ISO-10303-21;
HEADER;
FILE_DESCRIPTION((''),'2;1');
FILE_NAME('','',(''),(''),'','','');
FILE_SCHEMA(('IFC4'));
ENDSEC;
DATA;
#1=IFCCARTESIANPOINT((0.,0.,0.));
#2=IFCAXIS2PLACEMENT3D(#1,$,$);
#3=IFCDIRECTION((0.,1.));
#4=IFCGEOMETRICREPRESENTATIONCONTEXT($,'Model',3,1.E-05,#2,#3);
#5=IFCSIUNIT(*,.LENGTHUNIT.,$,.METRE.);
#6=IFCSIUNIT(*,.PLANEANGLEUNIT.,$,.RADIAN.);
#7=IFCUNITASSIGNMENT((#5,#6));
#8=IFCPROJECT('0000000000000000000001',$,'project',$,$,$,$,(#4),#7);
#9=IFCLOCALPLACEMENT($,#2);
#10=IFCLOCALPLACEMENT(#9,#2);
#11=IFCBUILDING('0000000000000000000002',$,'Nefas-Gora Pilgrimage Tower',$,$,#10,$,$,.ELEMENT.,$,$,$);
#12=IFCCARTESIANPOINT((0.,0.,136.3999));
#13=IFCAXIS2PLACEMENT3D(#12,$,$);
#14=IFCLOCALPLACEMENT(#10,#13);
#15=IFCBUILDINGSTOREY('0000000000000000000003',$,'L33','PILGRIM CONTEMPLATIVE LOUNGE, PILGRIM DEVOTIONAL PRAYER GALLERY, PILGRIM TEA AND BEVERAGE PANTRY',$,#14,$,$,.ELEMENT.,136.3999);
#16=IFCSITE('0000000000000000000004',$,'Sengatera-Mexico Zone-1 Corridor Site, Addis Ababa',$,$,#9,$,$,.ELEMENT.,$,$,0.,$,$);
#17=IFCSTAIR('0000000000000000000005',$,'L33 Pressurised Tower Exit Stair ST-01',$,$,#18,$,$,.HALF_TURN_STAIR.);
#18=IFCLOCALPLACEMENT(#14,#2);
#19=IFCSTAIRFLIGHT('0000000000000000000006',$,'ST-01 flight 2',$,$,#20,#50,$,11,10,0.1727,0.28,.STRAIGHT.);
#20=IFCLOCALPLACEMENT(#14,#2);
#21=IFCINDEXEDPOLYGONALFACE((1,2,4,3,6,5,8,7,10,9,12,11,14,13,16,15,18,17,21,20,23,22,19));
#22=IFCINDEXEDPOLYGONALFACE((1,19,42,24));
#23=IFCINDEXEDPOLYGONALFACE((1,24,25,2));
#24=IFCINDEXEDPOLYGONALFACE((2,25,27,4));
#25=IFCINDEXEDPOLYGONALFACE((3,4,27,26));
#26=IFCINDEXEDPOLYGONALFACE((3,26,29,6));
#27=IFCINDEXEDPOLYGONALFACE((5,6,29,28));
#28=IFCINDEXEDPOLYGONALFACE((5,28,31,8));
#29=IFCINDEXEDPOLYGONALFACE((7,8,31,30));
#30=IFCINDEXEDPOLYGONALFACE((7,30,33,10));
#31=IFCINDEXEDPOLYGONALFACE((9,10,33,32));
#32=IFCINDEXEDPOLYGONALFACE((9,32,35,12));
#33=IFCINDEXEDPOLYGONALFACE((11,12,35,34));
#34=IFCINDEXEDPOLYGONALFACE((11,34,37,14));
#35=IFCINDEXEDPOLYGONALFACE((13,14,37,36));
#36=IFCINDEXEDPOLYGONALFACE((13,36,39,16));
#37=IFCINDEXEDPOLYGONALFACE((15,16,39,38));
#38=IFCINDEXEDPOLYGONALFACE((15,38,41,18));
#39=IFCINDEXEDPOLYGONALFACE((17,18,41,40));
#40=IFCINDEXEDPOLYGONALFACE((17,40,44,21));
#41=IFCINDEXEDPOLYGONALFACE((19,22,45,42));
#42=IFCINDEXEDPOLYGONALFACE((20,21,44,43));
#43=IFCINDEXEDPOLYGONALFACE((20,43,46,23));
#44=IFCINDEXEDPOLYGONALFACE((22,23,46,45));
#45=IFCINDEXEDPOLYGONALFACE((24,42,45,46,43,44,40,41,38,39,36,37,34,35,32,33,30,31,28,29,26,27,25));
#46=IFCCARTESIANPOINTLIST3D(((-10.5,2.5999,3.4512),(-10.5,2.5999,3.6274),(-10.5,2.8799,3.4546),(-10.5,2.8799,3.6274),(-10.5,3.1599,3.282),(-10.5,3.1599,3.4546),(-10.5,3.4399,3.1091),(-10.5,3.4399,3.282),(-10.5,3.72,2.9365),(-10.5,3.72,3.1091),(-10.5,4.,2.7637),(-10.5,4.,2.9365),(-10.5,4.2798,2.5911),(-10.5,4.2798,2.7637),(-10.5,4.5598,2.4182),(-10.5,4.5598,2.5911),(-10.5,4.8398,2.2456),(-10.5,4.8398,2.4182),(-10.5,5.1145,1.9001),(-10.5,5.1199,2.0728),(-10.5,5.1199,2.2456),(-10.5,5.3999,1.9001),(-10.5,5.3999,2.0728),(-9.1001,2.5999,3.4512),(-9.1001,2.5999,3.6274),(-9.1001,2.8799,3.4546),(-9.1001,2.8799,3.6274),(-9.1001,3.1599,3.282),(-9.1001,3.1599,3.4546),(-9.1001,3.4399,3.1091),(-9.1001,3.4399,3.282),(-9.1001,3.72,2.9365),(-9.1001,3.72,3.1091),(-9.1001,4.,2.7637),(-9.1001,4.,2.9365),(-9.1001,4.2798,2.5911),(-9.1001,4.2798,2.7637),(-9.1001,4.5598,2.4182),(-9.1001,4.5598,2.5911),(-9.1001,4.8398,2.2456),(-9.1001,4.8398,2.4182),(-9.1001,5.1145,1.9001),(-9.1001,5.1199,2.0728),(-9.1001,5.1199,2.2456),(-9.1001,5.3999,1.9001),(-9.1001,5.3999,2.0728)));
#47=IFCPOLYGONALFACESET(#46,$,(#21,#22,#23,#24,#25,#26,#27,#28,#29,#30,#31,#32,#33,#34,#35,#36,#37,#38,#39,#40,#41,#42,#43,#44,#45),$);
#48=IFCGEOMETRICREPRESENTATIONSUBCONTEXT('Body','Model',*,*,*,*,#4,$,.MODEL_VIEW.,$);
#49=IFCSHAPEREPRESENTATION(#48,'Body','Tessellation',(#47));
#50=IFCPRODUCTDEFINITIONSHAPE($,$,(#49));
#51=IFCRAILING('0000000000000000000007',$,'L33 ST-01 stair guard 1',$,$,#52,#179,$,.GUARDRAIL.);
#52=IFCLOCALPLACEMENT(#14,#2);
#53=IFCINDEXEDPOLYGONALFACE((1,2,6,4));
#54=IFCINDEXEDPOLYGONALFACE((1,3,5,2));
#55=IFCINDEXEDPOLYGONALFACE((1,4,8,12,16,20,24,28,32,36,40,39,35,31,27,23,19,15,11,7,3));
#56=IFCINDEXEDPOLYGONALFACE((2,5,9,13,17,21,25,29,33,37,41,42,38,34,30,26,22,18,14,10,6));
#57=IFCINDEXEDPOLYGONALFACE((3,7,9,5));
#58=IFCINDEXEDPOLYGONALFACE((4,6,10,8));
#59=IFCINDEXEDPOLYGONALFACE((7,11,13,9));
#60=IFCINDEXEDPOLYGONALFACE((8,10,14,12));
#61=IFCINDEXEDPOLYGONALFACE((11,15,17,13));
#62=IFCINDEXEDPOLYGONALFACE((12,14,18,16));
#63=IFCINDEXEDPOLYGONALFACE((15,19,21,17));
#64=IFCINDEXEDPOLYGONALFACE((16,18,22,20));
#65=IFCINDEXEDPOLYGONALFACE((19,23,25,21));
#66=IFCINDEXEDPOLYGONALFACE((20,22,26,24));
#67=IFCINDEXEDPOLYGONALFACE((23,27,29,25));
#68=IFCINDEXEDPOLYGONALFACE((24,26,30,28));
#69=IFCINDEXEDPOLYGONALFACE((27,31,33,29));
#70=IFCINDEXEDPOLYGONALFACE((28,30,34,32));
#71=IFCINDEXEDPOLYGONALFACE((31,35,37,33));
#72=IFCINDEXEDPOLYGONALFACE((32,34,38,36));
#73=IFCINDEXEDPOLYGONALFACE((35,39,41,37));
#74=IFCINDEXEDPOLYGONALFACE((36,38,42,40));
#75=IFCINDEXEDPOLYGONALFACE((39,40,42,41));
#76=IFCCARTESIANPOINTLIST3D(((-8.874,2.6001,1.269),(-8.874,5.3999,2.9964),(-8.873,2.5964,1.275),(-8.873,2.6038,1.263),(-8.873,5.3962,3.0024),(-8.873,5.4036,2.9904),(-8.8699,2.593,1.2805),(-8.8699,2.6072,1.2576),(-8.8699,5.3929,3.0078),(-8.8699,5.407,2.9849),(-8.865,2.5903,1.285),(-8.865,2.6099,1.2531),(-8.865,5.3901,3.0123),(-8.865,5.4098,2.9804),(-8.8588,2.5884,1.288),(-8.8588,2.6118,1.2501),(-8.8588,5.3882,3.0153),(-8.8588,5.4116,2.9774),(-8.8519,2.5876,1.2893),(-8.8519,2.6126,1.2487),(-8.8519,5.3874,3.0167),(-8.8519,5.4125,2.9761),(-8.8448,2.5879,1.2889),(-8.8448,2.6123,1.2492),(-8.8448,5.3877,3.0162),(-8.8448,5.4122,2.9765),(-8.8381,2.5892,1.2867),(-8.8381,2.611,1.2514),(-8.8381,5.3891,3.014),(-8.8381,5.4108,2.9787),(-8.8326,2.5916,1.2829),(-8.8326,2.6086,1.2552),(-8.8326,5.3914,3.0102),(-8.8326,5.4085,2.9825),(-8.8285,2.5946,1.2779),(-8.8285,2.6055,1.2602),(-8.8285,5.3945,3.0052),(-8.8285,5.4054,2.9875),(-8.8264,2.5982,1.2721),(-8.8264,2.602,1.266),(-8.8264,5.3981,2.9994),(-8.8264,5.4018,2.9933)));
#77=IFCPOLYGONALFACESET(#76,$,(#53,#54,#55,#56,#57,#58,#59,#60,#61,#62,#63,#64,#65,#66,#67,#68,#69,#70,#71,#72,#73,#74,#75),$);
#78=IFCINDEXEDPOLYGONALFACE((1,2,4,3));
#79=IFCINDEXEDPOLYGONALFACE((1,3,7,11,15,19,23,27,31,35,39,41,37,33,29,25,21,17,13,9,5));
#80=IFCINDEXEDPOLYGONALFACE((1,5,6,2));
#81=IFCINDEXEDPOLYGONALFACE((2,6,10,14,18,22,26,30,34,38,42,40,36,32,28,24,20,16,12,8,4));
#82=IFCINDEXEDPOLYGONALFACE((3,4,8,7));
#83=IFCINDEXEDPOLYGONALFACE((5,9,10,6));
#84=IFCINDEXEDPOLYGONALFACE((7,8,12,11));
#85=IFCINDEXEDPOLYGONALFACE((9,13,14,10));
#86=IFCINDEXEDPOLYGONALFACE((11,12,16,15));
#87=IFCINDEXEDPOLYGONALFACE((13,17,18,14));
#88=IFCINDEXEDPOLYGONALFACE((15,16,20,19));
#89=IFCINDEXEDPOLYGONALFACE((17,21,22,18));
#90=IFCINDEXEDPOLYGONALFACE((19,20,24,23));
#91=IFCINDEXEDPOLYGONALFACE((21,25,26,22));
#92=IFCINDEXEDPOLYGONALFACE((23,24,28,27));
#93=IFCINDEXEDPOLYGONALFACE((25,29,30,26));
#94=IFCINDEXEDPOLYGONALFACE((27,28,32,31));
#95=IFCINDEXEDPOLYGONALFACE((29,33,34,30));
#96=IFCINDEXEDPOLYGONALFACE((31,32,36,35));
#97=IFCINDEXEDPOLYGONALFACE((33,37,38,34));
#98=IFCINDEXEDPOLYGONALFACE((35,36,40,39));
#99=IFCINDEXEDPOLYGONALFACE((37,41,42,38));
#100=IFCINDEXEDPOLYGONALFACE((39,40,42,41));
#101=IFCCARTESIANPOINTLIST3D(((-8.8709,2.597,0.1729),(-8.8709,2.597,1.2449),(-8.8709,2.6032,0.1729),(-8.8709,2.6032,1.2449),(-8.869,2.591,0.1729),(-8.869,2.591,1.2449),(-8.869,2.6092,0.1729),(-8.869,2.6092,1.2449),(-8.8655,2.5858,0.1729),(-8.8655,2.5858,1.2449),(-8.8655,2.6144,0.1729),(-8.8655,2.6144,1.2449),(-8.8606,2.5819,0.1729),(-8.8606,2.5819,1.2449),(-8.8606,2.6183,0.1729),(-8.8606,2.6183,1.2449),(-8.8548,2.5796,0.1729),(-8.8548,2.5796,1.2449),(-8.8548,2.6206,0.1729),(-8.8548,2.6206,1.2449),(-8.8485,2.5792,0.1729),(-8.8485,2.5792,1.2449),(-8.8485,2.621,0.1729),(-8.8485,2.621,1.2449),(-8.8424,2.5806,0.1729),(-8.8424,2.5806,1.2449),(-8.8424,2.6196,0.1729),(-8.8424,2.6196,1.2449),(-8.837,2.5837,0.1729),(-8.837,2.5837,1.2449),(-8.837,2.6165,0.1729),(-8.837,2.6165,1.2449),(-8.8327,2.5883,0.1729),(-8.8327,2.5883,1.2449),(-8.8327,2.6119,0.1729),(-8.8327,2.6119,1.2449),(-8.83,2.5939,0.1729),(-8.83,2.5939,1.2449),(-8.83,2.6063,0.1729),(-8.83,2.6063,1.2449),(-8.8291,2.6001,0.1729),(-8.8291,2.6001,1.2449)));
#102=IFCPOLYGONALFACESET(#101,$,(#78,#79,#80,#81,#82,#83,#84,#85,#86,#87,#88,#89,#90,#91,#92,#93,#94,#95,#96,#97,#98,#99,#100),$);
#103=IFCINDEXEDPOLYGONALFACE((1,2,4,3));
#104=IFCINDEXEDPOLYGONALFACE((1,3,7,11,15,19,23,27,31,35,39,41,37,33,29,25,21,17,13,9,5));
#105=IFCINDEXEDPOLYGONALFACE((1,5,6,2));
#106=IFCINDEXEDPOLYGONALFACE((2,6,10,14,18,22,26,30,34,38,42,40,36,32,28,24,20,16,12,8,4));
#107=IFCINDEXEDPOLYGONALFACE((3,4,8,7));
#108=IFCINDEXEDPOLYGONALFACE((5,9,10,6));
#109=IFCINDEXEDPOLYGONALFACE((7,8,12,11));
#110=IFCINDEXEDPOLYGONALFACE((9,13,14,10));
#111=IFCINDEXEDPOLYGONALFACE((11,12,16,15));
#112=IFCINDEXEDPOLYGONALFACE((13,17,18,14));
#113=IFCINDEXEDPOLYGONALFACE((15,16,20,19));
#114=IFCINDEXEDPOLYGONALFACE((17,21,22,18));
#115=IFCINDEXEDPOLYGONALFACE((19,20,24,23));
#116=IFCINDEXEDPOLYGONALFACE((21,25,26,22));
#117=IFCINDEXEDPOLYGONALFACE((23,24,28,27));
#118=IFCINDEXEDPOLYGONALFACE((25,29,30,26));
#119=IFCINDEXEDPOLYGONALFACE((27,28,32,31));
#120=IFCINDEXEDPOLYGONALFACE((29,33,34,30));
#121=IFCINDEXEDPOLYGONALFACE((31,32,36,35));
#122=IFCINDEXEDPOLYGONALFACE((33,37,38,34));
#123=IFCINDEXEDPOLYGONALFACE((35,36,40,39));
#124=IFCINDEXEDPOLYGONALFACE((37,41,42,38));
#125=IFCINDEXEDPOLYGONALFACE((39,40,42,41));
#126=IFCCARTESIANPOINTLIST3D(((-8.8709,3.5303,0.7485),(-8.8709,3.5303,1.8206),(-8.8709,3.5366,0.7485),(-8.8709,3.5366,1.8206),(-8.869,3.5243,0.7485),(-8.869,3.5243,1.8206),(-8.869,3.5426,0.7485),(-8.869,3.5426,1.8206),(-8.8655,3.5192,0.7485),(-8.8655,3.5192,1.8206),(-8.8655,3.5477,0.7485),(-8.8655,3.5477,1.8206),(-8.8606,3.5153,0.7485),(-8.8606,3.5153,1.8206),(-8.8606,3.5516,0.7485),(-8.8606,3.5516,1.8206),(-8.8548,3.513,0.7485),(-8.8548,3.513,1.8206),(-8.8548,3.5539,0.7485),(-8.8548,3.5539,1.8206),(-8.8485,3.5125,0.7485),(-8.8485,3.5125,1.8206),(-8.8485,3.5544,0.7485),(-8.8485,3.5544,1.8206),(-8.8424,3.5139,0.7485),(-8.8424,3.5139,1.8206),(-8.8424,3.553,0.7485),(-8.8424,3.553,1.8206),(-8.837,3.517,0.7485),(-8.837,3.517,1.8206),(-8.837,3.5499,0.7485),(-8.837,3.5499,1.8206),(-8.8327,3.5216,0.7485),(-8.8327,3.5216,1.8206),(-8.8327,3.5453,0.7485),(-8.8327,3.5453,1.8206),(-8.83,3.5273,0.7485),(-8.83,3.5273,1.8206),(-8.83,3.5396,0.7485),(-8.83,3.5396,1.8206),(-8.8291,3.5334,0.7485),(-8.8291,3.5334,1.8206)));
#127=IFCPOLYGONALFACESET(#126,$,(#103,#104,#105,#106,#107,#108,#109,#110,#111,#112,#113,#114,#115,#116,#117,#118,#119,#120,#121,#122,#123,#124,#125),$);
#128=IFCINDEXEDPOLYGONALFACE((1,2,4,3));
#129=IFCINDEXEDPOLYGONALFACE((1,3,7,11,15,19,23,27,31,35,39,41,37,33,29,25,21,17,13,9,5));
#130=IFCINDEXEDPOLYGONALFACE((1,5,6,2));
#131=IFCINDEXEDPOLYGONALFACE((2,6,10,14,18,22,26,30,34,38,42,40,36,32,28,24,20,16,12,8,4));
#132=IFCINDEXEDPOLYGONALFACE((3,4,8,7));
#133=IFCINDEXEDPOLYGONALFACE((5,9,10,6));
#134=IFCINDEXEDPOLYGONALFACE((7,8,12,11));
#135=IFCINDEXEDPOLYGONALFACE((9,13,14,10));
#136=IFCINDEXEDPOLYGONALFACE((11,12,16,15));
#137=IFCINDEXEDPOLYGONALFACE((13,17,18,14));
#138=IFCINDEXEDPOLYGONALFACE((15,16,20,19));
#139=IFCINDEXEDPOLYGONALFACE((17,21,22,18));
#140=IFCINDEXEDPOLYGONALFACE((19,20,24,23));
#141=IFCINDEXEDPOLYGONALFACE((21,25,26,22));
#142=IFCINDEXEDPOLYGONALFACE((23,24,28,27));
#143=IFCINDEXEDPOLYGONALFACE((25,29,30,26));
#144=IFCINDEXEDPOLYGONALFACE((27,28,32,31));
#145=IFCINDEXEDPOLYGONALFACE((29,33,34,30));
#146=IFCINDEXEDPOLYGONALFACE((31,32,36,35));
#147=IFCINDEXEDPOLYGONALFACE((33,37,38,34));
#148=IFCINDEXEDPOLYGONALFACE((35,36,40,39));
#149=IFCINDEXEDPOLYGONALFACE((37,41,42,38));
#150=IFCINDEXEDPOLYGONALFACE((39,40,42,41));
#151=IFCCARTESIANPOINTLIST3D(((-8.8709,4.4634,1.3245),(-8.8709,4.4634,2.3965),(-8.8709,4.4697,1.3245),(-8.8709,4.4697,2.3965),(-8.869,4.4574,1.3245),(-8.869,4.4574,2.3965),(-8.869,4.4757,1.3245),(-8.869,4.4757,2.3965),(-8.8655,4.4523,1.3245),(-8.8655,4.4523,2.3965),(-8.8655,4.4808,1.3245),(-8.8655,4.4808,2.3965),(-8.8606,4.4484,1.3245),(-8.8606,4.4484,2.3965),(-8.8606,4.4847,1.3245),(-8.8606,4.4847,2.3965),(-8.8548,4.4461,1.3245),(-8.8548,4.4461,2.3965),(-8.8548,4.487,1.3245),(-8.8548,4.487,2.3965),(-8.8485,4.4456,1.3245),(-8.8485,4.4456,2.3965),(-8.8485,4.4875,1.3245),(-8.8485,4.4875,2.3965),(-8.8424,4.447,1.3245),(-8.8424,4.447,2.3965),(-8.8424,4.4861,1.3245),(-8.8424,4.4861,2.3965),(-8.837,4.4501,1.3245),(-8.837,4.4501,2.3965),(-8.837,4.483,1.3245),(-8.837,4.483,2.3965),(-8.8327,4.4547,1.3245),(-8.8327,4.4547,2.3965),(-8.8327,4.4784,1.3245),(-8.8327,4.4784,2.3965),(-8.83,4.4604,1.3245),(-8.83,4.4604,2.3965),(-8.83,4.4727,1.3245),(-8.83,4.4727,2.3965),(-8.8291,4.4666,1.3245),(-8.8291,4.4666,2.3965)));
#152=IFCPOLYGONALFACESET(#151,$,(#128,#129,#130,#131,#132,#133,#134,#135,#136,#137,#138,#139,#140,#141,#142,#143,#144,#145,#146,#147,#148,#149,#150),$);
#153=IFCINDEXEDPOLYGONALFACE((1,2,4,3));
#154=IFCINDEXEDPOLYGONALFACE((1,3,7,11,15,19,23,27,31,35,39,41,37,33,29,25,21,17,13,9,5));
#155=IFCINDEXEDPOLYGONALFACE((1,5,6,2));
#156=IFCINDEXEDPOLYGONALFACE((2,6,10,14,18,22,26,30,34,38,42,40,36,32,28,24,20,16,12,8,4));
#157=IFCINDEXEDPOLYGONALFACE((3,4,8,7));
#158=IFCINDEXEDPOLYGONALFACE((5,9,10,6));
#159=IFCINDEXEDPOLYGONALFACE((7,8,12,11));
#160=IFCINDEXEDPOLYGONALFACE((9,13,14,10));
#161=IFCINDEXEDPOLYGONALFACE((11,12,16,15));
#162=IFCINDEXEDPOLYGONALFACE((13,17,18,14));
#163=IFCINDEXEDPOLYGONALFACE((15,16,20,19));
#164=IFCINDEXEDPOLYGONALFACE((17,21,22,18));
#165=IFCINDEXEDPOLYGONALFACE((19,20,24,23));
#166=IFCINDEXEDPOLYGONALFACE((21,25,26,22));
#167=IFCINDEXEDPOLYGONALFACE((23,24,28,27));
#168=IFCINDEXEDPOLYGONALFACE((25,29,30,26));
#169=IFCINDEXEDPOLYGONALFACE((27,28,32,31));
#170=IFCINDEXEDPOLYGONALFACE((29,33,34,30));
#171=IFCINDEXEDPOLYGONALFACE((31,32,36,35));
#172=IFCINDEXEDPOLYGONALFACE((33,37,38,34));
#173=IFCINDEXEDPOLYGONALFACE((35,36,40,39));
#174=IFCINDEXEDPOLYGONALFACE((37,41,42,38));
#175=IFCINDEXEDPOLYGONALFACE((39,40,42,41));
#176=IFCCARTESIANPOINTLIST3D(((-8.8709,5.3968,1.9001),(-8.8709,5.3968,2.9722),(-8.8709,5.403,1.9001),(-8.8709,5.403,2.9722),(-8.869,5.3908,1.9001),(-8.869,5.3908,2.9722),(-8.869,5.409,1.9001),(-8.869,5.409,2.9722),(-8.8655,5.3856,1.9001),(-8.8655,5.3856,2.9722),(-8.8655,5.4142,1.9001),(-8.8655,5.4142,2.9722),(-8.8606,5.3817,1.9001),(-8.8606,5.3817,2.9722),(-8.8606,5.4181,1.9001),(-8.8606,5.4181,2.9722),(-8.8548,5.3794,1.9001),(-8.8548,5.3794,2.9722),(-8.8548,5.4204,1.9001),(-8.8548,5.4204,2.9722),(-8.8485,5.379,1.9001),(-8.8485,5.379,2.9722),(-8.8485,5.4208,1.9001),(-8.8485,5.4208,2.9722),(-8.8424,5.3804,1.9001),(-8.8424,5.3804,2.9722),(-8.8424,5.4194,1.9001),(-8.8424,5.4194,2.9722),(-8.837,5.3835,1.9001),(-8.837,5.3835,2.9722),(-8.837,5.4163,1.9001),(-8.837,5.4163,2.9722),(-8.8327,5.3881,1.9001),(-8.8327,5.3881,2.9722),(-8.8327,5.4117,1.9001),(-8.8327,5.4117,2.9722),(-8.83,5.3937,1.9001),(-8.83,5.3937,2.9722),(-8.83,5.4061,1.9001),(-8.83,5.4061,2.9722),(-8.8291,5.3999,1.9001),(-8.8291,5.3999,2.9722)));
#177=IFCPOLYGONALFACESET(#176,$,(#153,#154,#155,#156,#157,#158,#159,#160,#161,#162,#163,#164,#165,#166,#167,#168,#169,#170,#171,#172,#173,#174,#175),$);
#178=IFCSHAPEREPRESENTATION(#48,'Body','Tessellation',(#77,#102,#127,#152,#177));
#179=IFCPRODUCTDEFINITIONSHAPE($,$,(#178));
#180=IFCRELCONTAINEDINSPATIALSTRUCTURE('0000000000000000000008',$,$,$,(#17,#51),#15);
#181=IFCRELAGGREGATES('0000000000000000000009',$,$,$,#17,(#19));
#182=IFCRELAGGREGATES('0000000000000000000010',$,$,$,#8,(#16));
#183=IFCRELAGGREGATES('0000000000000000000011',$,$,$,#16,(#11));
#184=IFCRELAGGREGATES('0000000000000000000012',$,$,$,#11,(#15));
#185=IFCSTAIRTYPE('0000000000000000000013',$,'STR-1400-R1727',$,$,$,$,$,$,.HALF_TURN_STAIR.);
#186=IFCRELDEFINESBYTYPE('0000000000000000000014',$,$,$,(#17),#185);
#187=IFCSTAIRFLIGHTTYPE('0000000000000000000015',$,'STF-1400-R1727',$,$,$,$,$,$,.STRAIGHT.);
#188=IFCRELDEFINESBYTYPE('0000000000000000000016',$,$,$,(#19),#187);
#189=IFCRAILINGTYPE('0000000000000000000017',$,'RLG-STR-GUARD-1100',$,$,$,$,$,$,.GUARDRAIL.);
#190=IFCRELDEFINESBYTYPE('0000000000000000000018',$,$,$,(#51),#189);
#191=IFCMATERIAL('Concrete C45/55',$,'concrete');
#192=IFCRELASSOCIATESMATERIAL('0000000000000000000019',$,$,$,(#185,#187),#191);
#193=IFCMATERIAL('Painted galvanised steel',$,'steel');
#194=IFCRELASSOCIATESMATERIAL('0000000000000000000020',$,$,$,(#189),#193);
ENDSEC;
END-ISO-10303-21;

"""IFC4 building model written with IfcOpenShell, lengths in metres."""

from ifc_helpers import new_model, si_unit, direction, frame, origin, origin_2d, place, context, subcontext, project, spatial, polyline, circle, outline, extrude, source, transform, mapped, material, type_object, element, aggregate, save


model = new_model("IFC4")

# Units and contexts
model_context = context("Model", 3, precision=1e-05, world=origin(), true_north=direction((0.0, 1.0)))
body_context = subcontext(model_context, "Body", "Model", "MODEL_VIEW")
ifc_project = project(units=[si_unit("LENGTHUNIT", "METRE"), si_unit("PLANEANGLEUNIT", "RADIAN")], contexts=[model_context])

# Site, building, storey
site_placement = place(None, origin())
site = spatial("IfcSite", under=ifc_project, at=site_placement, Name="Sengatera-Mexico Zone-1 Corridor Site, Addis Ababa", CompositionType="ELEMENT", RefElevation=0.0)
building_placement = place(site_placement, origin())
building = spatial("IfcBuilding", under=site, at=building_placement, Name="Nefas-Gora Pilgrimage Tower", CompositionType="ELEMENT")
storey_placement = place(building_placement, frame((0.0, 0.0, 136.3999)))
storey = spatial("IfcBuildingStorey", under=building, at=storey_placement, Name="L33", Description="PILGRIM CONTEMPLATIVE LOUNGE, PILGRIM DEVOTIONAL PRAYER GALLERY, PILGRIM TEA AND BEVERAGE PANTRY", CompositionType="ELEMENT", Elevation=136.3999)

# Stair
ifc_material_1 = material(Name="Concrete C45/55", Category="concrete")
stair_type = type_object("IfcStairType", Name="STR-1400-R1727", PredefinedType="HALF_TURN_STAIR", material=ifc_material_1)
stair_1_placement = place(storey_placement, origin())
stair_1 = element("IfcStair", 1, at=stair_1_placement, inside=storey, type_object=stair_type, Name="L33 Pressurised Tower Exit Stair ST-01", PredefinedType="HALF_TURN_STAIR")

# Stair flight
stair_flight_type = type_object("IfcStairFlightType", Name="STF-1400-R1727", PredefinedType="STRAIGHT", material=ifc_material_1)
shared_shape_1 = source(origin(), body_context, "Body", "SweptSolid", [
    extrude(outline(polyline([(0.0, 0.0), (0.0, 0.1726), (0.28, 0.1726), (0.28, 0.3455), (0.5601, 0.3455), (0.5601, 0.5181), (0.8401, 0.5181), (0.8401, 0.6909), (1.1201, 0.6909), (1.1201, 0.8635), (1.3999, 0.8635), (1.3999, 1.0364), (1.6799, 1.0364), (1.6799, 1.209), (1.96, 1.209), (1.96, 1.3818), (2.24, 1.3818), (2.24, 1.5544), (2.52, 1.5544), (2.52, 1.7273), (2.8, 1.7273), (2.8, 1.8999), (2.8, 1.551), (0.2854, 0.0), (0.0, 0.0)])), frame((0.0, 0.7, 0.0), z_axis=(0.0, -1.0, 0.0), x_axis=(1.0, 0.0, 0.0)), (0.0, 0.0, 1.0), 1.3999),
])
stair_flight_1_placement = place(storey_placement, frame((-9.8, 5.3999, 1.9001), z_axis=(0.0, 0.0, 1.0), x_axis=(0.0, -1.0, 0.0)))
stair_flight_1 = element("IfcStairFlight", 2, at=stair_flight_1_placement, type_object=stair_flight_type, Name="ST-01 flight 2", NumberOfRisers=11, NumberOfTreads=10, PredefinedType="STRAIGHT", RiserHeight=0.1727, TreadLength=0.28, context=body_context, shape_type="MappedRepresentation", body=[
    mapped(shared_shape_1, transform((0.0, 0.0, 0.0), x_axis=(1.0, 0.0, 0.0), y_axis=(0.0, 1.0, 0.0), z_axis=(0.0, 0.0, 1.0), scale=1.0)),
])
aggregate(stair_1, [stair_flight_1])

# Railing
ifc_material_2 = material(Name="Painted galvanised steel", Category="steel")
railing_type_1 = type_object("IfcRailingType", Name="RLG-STR-GUARD-1100", PredefinedType="GUARDRAIL", material=ifc_material_2)
railing_1_placement = place(storey_placement, frame((-8.8501, 2.6001, 0.1729)))
element("IfcRailing", 3, at=railing_1_placement, inside=storey, type_object=railing_type_1, Name="L33 ST-01 stair guard 1", PredefinedType="GUARDRAIL", context=body_context, shape_type="SweptSolid", body=[
    extrude(circle(Radius=0.0239, at=origin_2d()), frame((0.0, 0.0, 1.0962), z_axis=(0.0, 0.851069, 0.525054), x_axis=(-1.0, 0.0, 0.0)), (0.0, 0.0, 1.0), 3.2898),
    extrude(circle(Radius=0.021, at=origin_2d()), origin(), (0.0, 0.0, 1.0), 1.072),
    extrude(circle(Radius=0.021, at=origin_2d()), frame((0.0, 0.9333, 0.5757)), (0.0, 0.0, 1.0), 1.072),
    extrude(circle(Radius=0.021, at=origin_2d()), frame((0.0, 1.8665, 1.1516)), (0.0, 0.0, 1.0), 1.072),
    extrude(circle(Radius=0.021, at=origin_2d()), frame((0.0, 2.7998, 1.7273)), (0.0, 0.0, 1.0), 1.072),
])

save(model, "model.ifc")
